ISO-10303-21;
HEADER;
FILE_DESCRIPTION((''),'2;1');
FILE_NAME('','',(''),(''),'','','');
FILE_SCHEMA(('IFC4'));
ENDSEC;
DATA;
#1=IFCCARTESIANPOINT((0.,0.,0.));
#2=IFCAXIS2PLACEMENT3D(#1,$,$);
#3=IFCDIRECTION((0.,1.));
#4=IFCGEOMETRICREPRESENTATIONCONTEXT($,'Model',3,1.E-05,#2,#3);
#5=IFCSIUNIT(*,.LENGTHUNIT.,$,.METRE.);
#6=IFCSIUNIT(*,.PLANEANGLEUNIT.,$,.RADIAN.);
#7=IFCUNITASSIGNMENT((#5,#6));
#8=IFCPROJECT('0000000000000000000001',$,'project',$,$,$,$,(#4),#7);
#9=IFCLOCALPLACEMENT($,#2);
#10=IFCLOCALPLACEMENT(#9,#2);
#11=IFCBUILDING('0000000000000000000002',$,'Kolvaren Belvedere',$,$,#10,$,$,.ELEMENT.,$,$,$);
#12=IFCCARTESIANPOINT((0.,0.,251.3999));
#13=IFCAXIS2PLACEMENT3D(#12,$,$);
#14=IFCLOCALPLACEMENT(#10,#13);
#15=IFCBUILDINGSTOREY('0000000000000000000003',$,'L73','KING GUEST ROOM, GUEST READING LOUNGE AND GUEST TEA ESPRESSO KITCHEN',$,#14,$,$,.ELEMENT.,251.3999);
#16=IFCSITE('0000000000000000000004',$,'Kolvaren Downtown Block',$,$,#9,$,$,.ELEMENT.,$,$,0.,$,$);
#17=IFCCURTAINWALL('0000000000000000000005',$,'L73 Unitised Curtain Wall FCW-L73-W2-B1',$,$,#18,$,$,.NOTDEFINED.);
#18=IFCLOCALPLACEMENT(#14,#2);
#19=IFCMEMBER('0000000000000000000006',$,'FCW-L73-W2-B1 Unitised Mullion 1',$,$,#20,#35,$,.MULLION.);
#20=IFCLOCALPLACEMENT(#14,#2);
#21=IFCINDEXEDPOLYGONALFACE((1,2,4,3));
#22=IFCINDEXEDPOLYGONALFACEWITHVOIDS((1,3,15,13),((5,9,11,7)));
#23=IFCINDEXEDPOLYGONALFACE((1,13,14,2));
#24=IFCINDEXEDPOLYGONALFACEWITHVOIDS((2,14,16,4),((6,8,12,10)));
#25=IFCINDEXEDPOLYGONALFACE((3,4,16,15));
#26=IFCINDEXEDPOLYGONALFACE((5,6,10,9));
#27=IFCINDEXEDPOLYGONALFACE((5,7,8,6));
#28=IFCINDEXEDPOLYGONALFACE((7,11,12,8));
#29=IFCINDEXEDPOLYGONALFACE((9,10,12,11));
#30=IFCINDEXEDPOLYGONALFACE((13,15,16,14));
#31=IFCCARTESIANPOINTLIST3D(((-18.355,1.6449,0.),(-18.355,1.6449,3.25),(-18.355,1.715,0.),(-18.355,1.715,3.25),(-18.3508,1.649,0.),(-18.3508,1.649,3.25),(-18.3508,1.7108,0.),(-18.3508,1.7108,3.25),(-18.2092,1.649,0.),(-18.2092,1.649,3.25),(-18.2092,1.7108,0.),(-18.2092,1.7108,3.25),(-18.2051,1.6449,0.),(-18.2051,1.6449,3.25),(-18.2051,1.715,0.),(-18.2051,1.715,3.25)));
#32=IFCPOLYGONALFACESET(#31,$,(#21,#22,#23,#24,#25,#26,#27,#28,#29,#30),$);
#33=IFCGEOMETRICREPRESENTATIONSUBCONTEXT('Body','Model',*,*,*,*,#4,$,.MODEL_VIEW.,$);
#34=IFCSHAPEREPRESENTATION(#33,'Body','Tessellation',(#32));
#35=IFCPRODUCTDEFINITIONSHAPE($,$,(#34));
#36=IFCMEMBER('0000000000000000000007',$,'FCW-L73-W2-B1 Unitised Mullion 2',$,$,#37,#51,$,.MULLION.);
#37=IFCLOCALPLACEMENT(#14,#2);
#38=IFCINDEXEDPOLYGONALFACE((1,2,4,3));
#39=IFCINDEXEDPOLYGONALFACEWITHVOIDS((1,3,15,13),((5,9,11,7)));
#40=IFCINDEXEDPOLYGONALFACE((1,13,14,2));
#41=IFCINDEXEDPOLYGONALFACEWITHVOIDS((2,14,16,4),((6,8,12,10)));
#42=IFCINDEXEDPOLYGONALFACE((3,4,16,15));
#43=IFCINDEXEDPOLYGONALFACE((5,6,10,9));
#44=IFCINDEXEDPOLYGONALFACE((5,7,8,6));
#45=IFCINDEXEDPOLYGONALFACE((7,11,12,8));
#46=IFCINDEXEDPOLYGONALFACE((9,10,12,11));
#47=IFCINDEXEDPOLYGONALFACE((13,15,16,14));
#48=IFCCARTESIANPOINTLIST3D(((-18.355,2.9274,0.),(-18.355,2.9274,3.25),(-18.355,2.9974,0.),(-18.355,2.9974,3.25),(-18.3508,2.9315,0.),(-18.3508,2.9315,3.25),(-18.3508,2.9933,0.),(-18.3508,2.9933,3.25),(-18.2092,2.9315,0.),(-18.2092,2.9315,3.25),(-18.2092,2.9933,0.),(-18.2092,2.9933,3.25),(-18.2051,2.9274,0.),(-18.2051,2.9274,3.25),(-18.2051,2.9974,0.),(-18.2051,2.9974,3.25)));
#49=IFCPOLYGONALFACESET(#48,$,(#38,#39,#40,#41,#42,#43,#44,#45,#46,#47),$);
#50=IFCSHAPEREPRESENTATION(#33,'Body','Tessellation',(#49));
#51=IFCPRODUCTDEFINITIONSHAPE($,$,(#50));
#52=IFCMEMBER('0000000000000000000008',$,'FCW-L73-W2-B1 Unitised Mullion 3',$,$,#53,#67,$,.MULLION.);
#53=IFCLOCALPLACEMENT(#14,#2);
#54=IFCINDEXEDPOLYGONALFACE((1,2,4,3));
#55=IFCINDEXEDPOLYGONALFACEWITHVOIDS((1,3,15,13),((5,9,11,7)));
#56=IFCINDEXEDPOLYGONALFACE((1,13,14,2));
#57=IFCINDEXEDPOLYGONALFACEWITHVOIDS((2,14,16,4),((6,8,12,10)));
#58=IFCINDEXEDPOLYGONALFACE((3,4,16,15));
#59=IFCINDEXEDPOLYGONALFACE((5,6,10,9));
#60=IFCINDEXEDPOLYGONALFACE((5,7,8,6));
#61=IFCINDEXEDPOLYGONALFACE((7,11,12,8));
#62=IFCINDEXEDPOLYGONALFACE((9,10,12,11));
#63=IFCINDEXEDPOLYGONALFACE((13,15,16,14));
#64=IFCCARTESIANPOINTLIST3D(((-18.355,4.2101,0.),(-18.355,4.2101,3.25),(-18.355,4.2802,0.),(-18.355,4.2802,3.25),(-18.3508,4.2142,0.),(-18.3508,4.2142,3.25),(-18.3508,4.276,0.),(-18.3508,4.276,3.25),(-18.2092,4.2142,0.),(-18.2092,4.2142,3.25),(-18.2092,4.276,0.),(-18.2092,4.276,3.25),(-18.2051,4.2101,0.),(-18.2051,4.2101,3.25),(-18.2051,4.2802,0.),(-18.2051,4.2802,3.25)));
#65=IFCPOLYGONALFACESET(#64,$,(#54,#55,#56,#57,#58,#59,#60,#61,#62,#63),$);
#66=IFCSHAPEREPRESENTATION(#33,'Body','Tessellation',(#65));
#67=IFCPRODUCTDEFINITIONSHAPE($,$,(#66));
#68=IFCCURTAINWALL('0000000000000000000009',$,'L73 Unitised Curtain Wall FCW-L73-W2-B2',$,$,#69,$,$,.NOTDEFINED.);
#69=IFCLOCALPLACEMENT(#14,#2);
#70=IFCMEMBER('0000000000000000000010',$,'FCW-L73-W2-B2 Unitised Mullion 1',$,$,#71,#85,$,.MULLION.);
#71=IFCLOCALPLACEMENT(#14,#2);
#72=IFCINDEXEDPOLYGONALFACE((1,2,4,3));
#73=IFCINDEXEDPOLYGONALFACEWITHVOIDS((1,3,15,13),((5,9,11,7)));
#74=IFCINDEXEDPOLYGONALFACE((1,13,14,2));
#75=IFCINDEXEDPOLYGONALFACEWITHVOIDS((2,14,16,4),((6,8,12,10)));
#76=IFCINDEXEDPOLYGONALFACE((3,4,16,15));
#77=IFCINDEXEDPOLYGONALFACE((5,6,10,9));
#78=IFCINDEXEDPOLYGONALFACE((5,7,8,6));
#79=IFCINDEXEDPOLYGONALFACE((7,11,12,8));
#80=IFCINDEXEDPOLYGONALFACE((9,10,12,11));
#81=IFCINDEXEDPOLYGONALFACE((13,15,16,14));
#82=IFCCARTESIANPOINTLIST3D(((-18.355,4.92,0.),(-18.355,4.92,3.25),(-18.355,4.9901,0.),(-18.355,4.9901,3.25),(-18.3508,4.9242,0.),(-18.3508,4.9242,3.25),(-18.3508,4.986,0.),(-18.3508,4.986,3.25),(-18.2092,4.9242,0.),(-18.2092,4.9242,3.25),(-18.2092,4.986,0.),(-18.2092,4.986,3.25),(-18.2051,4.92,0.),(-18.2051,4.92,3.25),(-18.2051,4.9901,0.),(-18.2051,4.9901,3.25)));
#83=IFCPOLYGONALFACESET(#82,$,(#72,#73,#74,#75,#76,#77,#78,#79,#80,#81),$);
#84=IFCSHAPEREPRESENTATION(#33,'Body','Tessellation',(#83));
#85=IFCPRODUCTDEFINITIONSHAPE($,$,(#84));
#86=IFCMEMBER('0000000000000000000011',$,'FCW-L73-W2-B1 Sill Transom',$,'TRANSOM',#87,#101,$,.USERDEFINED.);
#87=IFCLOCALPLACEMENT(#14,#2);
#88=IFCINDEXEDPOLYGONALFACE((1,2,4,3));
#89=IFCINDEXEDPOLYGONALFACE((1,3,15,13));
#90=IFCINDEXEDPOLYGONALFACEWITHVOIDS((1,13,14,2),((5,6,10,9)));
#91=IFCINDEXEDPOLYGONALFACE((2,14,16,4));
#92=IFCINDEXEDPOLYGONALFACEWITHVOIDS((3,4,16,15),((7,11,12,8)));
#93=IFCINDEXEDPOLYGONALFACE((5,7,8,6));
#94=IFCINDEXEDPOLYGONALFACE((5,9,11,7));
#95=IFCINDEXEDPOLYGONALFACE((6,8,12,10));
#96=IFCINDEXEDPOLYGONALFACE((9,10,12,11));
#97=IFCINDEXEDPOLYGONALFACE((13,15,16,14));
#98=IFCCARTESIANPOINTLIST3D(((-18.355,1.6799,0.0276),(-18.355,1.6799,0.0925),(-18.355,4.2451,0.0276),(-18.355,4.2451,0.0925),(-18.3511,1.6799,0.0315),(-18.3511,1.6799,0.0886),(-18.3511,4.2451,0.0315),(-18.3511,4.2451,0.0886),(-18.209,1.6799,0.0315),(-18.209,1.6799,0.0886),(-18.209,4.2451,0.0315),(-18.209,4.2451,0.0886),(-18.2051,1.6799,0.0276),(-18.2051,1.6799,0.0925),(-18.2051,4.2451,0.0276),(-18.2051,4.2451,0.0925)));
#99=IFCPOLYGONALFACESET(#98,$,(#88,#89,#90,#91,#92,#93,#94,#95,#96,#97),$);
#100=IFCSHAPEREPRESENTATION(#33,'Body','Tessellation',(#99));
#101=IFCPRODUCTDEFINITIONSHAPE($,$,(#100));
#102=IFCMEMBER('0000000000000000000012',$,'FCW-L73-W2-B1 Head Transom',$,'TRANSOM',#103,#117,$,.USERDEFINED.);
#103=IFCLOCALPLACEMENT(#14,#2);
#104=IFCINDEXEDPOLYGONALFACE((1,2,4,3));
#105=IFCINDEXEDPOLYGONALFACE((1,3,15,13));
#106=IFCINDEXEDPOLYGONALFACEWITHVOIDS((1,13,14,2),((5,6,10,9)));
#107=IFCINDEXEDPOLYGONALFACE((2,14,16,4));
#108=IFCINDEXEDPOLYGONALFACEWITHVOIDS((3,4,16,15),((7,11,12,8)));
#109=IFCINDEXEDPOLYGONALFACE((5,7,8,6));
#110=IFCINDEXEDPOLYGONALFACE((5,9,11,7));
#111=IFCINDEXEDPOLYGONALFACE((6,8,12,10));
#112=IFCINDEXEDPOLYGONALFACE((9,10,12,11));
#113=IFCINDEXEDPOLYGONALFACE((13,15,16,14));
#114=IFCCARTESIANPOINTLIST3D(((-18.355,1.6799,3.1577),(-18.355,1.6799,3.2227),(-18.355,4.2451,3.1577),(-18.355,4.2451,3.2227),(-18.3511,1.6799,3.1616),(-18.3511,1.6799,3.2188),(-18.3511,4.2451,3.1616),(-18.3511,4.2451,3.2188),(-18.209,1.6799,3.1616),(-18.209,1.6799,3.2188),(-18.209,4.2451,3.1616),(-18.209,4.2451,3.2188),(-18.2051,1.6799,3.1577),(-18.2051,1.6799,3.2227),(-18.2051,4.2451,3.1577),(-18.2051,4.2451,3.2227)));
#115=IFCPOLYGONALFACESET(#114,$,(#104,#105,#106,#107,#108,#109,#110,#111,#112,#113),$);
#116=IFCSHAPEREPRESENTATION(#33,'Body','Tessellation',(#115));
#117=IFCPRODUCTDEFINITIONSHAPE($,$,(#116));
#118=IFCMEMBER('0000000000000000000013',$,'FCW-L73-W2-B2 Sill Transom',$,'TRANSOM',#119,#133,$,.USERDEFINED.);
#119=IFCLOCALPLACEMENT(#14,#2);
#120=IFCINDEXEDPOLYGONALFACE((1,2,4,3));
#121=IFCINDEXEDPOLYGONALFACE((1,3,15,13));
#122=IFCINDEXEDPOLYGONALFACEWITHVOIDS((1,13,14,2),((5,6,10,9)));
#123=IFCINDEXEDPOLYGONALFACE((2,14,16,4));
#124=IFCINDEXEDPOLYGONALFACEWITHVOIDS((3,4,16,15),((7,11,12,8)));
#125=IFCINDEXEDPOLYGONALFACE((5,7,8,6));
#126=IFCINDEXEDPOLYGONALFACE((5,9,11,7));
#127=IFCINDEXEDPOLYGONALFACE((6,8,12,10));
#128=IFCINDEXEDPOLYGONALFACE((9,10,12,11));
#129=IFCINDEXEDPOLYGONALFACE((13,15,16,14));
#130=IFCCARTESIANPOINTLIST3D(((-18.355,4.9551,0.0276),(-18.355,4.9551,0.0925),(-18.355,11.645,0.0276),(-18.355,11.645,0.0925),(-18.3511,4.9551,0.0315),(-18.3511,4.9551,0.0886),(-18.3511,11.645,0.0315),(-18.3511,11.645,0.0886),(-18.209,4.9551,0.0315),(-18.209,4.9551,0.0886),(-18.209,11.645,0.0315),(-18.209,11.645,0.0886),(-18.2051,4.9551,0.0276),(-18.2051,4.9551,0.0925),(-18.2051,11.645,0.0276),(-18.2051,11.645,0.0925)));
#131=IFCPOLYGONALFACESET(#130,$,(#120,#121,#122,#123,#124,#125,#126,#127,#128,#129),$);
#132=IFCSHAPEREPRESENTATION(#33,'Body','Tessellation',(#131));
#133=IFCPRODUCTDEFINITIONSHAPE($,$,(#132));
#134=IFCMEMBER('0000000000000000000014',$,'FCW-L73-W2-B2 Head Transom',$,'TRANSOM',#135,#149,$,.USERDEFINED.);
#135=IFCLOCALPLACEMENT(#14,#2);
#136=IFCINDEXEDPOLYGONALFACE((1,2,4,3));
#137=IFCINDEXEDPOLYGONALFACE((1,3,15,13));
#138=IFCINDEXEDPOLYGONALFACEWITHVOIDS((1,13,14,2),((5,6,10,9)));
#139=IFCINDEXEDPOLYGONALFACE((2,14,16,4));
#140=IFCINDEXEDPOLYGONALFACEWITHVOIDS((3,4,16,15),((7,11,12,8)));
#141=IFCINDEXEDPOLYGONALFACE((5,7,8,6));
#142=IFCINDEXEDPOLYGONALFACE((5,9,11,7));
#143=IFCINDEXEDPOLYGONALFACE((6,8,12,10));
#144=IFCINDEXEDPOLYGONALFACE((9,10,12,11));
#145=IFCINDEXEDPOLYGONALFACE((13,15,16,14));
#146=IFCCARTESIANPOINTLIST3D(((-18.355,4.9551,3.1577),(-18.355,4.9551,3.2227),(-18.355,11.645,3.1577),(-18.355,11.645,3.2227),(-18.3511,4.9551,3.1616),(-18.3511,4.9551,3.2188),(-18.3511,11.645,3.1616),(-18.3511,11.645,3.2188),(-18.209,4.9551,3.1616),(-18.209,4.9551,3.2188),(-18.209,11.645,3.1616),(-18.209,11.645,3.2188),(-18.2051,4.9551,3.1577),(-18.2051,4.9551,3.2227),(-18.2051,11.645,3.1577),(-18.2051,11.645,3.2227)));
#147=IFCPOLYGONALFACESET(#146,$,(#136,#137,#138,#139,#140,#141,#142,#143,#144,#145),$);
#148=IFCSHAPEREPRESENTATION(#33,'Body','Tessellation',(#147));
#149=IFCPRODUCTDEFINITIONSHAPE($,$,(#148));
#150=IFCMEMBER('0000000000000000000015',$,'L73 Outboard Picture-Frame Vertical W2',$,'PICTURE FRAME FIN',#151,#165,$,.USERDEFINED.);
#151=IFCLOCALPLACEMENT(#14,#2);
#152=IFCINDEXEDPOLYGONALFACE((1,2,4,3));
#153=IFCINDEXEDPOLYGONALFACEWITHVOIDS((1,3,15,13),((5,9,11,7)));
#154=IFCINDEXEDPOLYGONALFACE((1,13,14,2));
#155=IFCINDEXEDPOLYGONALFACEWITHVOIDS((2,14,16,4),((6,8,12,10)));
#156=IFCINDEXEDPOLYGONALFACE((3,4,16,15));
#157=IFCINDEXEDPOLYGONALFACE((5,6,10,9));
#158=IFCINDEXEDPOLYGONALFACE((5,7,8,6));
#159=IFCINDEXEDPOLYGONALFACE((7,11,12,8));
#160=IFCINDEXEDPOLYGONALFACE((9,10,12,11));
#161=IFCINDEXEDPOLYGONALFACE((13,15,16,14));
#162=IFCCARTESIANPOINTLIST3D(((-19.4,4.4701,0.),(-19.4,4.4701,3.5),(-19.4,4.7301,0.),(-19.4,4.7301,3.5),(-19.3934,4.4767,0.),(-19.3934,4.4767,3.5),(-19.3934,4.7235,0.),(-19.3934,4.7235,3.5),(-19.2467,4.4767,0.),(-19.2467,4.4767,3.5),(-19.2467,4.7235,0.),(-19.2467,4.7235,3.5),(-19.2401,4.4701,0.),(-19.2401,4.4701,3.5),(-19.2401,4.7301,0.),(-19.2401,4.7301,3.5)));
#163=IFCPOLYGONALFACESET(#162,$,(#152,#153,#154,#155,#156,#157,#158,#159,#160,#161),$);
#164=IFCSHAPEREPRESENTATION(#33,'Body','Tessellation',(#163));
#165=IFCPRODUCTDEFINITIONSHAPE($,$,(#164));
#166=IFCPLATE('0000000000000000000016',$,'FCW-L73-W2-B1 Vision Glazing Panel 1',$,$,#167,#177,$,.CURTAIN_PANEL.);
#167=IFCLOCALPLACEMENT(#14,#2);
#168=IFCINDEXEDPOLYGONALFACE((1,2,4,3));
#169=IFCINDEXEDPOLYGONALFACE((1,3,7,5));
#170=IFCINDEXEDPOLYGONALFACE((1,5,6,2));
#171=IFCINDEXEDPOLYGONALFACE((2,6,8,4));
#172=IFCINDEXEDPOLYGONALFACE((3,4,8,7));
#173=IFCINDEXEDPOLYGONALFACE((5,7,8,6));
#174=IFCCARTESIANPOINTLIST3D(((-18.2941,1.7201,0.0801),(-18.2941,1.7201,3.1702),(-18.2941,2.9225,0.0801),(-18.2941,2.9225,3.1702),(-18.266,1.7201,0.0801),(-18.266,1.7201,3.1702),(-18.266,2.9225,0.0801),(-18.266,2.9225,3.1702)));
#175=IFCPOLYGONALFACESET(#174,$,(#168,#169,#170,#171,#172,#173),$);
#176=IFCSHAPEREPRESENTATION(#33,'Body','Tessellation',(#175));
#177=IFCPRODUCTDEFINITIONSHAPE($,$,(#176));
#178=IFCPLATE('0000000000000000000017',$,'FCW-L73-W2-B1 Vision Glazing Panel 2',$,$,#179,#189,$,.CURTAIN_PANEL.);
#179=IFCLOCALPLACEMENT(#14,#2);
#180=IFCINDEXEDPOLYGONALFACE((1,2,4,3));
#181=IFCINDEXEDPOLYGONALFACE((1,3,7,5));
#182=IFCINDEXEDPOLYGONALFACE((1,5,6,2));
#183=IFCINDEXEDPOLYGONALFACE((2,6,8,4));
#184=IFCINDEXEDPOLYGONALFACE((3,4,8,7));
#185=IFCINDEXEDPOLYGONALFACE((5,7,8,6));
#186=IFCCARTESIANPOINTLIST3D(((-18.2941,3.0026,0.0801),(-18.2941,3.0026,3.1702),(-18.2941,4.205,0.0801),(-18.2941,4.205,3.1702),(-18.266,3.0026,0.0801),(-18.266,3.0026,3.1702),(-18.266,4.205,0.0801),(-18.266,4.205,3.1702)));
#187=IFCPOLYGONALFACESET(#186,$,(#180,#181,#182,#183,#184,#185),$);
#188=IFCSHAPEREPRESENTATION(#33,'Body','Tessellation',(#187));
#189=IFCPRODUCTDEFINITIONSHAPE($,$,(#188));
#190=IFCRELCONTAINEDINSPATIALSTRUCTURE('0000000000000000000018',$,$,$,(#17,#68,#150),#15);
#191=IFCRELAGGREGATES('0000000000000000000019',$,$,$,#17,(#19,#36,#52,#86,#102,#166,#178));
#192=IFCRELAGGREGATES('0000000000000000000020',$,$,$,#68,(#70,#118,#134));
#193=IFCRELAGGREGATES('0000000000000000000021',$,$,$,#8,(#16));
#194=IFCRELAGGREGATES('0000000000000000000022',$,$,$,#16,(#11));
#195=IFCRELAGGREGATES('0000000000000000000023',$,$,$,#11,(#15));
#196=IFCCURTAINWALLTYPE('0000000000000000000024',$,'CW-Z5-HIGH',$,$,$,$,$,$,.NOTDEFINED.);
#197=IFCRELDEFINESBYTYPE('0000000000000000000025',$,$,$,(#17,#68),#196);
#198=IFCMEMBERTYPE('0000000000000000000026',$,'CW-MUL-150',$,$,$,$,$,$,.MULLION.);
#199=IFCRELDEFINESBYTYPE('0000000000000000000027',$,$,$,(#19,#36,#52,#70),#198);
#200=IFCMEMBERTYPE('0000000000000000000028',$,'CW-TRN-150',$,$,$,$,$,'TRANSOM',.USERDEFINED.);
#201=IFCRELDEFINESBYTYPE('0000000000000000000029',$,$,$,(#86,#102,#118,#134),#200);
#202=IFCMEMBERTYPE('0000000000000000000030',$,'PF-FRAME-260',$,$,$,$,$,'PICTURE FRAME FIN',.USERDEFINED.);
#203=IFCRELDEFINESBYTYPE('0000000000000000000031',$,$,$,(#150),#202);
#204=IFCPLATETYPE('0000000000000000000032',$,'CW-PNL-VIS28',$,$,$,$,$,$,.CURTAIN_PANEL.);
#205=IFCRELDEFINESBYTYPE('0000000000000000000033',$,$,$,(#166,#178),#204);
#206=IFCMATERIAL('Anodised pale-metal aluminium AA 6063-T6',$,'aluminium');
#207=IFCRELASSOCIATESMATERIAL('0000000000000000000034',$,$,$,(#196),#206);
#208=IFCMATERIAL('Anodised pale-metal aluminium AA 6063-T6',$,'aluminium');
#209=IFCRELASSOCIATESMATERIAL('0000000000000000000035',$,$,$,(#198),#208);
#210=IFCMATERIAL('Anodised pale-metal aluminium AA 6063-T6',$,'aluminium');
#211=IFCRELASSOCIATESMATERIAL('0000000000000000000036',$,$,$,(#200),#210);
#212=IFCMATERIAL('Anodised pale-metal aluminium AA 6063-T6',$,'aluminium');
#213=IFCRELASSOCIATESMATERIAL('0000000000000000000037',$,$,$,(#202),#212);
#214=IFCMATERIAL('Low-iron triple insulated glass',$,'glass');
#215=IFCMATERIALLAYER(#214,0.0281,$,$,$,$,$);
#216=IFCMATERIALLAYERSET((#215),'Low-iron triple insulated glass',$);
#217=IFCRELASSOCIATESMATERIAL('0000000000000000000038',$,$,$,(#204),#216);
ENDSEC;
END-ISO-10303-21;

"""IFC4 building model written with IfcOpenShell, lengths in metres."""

from ifc_helpers import new_model, si_unit, direction, frame, origin, origin_2d, place, context, subcontext, project, spatial, rectangle, hollow_rectangle, extrude, material, layer, layer_set, material_profile, profile_set, type_object, element, aggregate, save


model = new_model("IFC4")

# Units and contexts
model_context = context("Model", 3, precision=1e-05, world=origin(), true_north=direction((0.0, 1.0)))
body_context = subcontext(model_context, "Body", "Model", "MODEL_VIEW")
ifc_project = project(units=[si_unit("LENGTHUNIT", "METRE"), si_unit("PLANEANGLEUNIT", "RADIAN")], contexts=[model_context])

# Site, building, storey
site_placement = place(None, origin())
site = spatial("IfcSite", under=ifc_project, at=site_placement, Name="Kolvaren Downtown Block", CompositionType="ELEMENT", RefElevation=0.0)
building_placement = place(site_placement, origin())
building = spatial("IfcBuilding", under=site, at=building_placement, Name="Kolvaren Belvedere", CompositionType="ELEMENT")
storey_placement = place(building_placement, frame((0.0, 0.0, 251.3999)))
storey = spatial("IfcBuildingStorey", under=building, at=storey_placement, Name="L73", Description="KING GUEST ROOM, GUEST READING LOUNGE AND GUEST TEA ESPRESSO KITCHEN", CompositionType="ELEMENT", Elevation=251.3999)

# Curtain wall, members
ifc_material_1 = material(Name="Anodised pale-metal aluminium AA 6063-T6", Category="aluminium")
curtain_wall_type = type_object("IfcCurtainWallType", Name="CW-Z5-HIGH", PredefinedType="NOTDEFINED", material=ifc_material_1)
curtain_wall_1_placement = place(storey_placement, origin())
curtain_wall_1 = element("IfcCurtainWall", 1, at=curtain_wall_1_placement, inside=storey, type_object=curtain_wall_type, Name="L73 Unitised Curtain Wall FCW-L73-W2-B1", PredefinedType="NOTDEFINED")
ifc_material_2 = material(Name="Anodised pale-metal aluminium AA 6063-T6", Category="aluminium")
ifc_material_profile_1 = material_profile(ifc_material_2, hollow_rectangle(XDim=0.0701, YDim=0.1499, WallThickness=0.0042, at=origin_2d()), Name="ALU-MUL-150X70")
ifc_profile_set_1 = profile_set([ifc_material_profile_1], Name="Anodised pale-metal aluminium AA 6063-T6")
member_type_1 = type_object("IfcMemberType", Name="CW-MUL-150", PredefinedType="MULLION", material=ifc_profile_set_1)
member_1_placement = place(storey_placement, frame((-18.28, 1.6799, 0.0), z_axis=(0.0, 0.0, 1.0), x_axis=(0.0, 1.0, 0.0)))
member_1 = element("IfcMember", 2, at=member_1_placement, type_object=member_type_1, Name="FCW-L73-W2-B1 Unitised Mullion 1", PredefinedType="MULLION", context=body_context, shape_type="SweptSolid", body=[
    extrude(hollow_rectangle(XDim=0.0701, YDim=0.1499, WallThickness=0.0042, at=origin_2d()), origin(), (0.0, 0.0, 1.0), 3.25),
])
member_2_placement = place(storey_placement, frame((-18.28, 2.9624, 0.0), z_axis=(0.0, 0.0, 1.0), x_axis=(0.0, 1.0, 0.0)))
member_2 = element("IfcMember", 3, at=member_2_placement, type_object=member_type_1, Name="FCW-L73-W2-B1 Unitised Mullion 2", PredefinedType="MULLION", context=body_context, shape_type="SweptSolid", body=[
    extrude(hollow_rectangle(XDim=0.0701, YDim=0.1499, WallThickness=0.0042, at=origin_2d()), origin(), (0.0, 0.0, 1.0), 3.25),
])
member_3_placement = place(storey_placement, frame((-18.28, 4.2451, 0.0), z_axis=(0.0, 0.0, 1.0), x_axis=(0.0, 1.0, 0.0)))
member_3 = element("IfcMember", 4, at=member_3_placement, type_object=member_type_1, Name="FCW-L73-W2-B1 Unitised Mullion 3", PredefinedType="MULLION", context=body_context, shape_type="SweptSolid", body=[
    extrude(hollow_rectangle(XDim=0.0701, YDim=0.1499, WallThickness=0.0042, at=origin_2d()), origin(), (0.0, 0.0, 1.0), 3.25),
])

# Curtain wall, member
curtain_wall_2_placement = place(storey_placement, origin())
curtain_wall_2 = element("IfcCurtainWall", 5, at=curtain_wall_2_placement, inside=storey, type_object=curtain_wall_type, Name="L73 Unitised Curtain Wall FCW-L73-W2-B2", PredefinedType="NOTDEFINED")
member_4_placement = place(storey_placement, frame((-18.28, 4.9551, 0.0), z_axis=(0.0, 0.0, 1.0), x_axis=(0.0, 1.0, 0.0)))
member_4 = element("IfcMember", 6, at=member_4_placement, type_object=member_type_1, Name="FCW-L73-W2-B2 Unitised Mullion 1", PredefinedType="MULLION", context=body_context, shape_type="SweptSolid", body=[
    extrude(hollow_rectangle(XDim=0.0701, YDim=0.1499, WallThickness=0.0042, at=origin_2d()), origin(), (0.0, 0.0, 1.0), 3.25),
])

# Members
ifc_material_3 = material(Name="Anodised pale-metal aluminium AA 6063-T6", Category="aluminium")
ifc_material_profile_2 = material_profile(ifc_material_3, hollow_rectangle(XDim=0.0649, YDim=0.1499, WallThickness=0.0039, at=origin_2d()), Name="ALU-TRN-150X65")
ifc_profile_set_2 = profile_set([ifc_material_profile_2], Name="Anodised pale-metal aluminium AA 6063-T6")
member_type_2 = type_object("IfcMemberType", Name="CW-TRN-150", ElementType="TRANSOM", PredefinedType="USERDEFINED", material=ifc_profile_set_2)
member_5_placement = place(storey_placement, frame((-18.28, 1.6799, 0.0601), z_axis=(0.0, 1.0, 0.0), x_axis=(0.0, 0.0, 1.0)))
member_5 = element("IfcMember", 7, at=member_5_placement, type_object=member_type_2, Name="FCW-L73-W2-B1 Sill Transom", ObjectType="TRANSOM", PredefinedType="USERDEFINED", context=body_context, shape_type="SweptSolid", body=[
    extrude(hollow_rectangle(XDim=0.0649, YDim=0.1499, WallThickness=0.0039, at=origin_2d()), origin(), (0.0, 0.0, 1.0), 2.5652),
])
member_6_placement = place(storey_placement, frame((-18.28, 1.6799, 3.1902), z_axis=(0.0, 1.0, 0.0), x_axis=(0.0, 0.0, 1.0)))
member_6 = element("IfcMember", 8, at=member_6_placement, type_object=member_type_2, Name="FCW-L73-W2-B1 Head Transom", ObjectType="TRANSOM", PredefinedType="USERDEFINED", context=body_context, shape_type="SweptSolid", body=[
    extrude(hollow_rectangle(XDim=0.0649, YDim=0.1499, WallThickness=0.0039, at=origin_2d()), origin(), (0.0, 0.0, 1.0), 2.5652),
])
member_7_placement = place(storey_placement, frame((-18.28, 4.9551, 0.0601), z_axis=(0.0, 1.0, 0.0), x_axis=(0.0, 0.0, 1.0)))
member_7 = element("IfcMember", 9, at=member_7_placement, type_object=member_type_2, Name="FCW-L73-W2-B2 Sill Transom", ObjectType="TRANSOM", PredefinedType="USERDEFINED", context=body_context, shape_type="SweptSolid", body=[
    extrude(hollow_rectangle(XDim=0.0649, YDim=0.1499, WallThickness=0.0039, at=origin_2d()), origin(), (0.0, 0.0, 1.0), 6.6899),
])
member_8_placement = place(storey_placement, frame((-18.28, 4.9551, 3.1902), z_axis=(0.0, 1.0, 0.0), x_axis=(0.0, 0.0, 1.0)))
member_8 = element("IfcMember", 10, at=member_8_placement, type_object=member_type_2, Name="FCW-L73-W2-B2 Head Transom", ObjectType="TRANSOM", PredefinedType="USERDEFINED", context=body_context, shape_type="SweptSolid", body=[
    extrude(hollow_rectangle(XDim=0.0649, YDim=0.1499, WallThickness=0.0039, at=origin_2d()), origin(), (0.0, 0.0, 1.0), 6.6899),
])
ifc_material_4 = material(Name="Anodised pale-metal aluminium AA 6063-T6", Category="aluminium")
ifc_material_profile_3 = material_profile(ifc_material_4, hollow_rectangle(XDim=0.1599, YDim=0.26, WallThickness=0.0066, at=origin_2d()), Name="ALU-PF-260X160")
ifc_profile_set_3 = profile_set([ifc_material_profile_3], Name="Anodised pale-metal aluminium AA 6063-T6")
member_type_3 = type_object("IfcMemberType", Name="PF-FRAME-260", ElementType="PICTURE FRAME FIN", PredefinedType="USERDEFINED", material=ifc_profile_set_3)
member_9_placement = place(storey_placement, frame((-19.3201, 4.6001, 0.0), z_axis=(0.0, 0.0, 1.0), x_axis=(1.0, 0.0, 0.0)))
element("IfcMember", 11, at=member_9_placement, inside=storey, type_object=member_type_3, Name="L73 Outboard Picture-Frame Vertical W2", ObjectType="PICTURE FRAME FIN", PredefinedType="USERDEFINED", context=body_context, shape_type="SweptSolid", body=[
    extrude(hollow_rectangle(XDim=0.1599, YDim=0.26, WallThickness=0.0066, at=origin_2d()), origin(), (0.0, 0.0, 1.0), 3.5),
])

# Plates
ifc_material_5 = material(Name="Low-iron triple insulated glass", Category="glass")
ifc_layer_1 = layer(ifc_material_5, 0.0281)
ifc_layer_set_1 = layer_set([ifc_layer_1], Name="Low-iron triple insulated glass")
plate_type_1 = type_object("IfcPlateType", Name="CW-PNL-VIS28", PredefinedType="CURTAIN_PANEL", material=ifc_layer_set_1)
plate_1_placement = place(storey_placement, frame((-18.28, 2.3213, 0.0801), z_axis=(0.0, 0.0, 1.0), x_axis=(0.0, 1.0, 0.0)))
plate_1 = element("IfcPlate", 12, at=plate_1_placement, type_object=plate_type_1, Name="FCW-L73-W2-B1 Vision Glazing Panel 1", PredefinedType="CURTAIN_PANEL", context=body_context, shape_type="SweptSolid", body=[
    extrude(rectangle(XDim=1.2024, YDim=0.0281, at=origin_2d()), origin(), (0.0, 0.0, 1.0), 3.0901),
])
plate_2_placement = place(storey_placement, frame((-18.28, 3.6038, 0.0801), z_axis=(0.0, 0.0, 1.0), x_axis=(0.0, 1.0, 0.0)))
plate_2 = element("IfcPlate", 13, at=plate_2_placement, type_object=plate_type_1, Name="FCW-L73-W2-B1 Vision Glazing Panel 2", PredefinedType="CURTAIN_PANEL", context=body_context, shape_type="SweptSolid", body=[
    extrude(rectangle(XDim=1.2024, YDim=0.0281, at=origin_2d()), origin(), (0.0, 0.0, 1.0), 3.0901),
])
aggregate(curtain_wall_1, [member_1, member_2, member_3, member_5, member_6, plate_1, plate_2])
aggregate(curtain_wall_2, [member_4, member_7, member_8])

save(model, "model.ifc")
